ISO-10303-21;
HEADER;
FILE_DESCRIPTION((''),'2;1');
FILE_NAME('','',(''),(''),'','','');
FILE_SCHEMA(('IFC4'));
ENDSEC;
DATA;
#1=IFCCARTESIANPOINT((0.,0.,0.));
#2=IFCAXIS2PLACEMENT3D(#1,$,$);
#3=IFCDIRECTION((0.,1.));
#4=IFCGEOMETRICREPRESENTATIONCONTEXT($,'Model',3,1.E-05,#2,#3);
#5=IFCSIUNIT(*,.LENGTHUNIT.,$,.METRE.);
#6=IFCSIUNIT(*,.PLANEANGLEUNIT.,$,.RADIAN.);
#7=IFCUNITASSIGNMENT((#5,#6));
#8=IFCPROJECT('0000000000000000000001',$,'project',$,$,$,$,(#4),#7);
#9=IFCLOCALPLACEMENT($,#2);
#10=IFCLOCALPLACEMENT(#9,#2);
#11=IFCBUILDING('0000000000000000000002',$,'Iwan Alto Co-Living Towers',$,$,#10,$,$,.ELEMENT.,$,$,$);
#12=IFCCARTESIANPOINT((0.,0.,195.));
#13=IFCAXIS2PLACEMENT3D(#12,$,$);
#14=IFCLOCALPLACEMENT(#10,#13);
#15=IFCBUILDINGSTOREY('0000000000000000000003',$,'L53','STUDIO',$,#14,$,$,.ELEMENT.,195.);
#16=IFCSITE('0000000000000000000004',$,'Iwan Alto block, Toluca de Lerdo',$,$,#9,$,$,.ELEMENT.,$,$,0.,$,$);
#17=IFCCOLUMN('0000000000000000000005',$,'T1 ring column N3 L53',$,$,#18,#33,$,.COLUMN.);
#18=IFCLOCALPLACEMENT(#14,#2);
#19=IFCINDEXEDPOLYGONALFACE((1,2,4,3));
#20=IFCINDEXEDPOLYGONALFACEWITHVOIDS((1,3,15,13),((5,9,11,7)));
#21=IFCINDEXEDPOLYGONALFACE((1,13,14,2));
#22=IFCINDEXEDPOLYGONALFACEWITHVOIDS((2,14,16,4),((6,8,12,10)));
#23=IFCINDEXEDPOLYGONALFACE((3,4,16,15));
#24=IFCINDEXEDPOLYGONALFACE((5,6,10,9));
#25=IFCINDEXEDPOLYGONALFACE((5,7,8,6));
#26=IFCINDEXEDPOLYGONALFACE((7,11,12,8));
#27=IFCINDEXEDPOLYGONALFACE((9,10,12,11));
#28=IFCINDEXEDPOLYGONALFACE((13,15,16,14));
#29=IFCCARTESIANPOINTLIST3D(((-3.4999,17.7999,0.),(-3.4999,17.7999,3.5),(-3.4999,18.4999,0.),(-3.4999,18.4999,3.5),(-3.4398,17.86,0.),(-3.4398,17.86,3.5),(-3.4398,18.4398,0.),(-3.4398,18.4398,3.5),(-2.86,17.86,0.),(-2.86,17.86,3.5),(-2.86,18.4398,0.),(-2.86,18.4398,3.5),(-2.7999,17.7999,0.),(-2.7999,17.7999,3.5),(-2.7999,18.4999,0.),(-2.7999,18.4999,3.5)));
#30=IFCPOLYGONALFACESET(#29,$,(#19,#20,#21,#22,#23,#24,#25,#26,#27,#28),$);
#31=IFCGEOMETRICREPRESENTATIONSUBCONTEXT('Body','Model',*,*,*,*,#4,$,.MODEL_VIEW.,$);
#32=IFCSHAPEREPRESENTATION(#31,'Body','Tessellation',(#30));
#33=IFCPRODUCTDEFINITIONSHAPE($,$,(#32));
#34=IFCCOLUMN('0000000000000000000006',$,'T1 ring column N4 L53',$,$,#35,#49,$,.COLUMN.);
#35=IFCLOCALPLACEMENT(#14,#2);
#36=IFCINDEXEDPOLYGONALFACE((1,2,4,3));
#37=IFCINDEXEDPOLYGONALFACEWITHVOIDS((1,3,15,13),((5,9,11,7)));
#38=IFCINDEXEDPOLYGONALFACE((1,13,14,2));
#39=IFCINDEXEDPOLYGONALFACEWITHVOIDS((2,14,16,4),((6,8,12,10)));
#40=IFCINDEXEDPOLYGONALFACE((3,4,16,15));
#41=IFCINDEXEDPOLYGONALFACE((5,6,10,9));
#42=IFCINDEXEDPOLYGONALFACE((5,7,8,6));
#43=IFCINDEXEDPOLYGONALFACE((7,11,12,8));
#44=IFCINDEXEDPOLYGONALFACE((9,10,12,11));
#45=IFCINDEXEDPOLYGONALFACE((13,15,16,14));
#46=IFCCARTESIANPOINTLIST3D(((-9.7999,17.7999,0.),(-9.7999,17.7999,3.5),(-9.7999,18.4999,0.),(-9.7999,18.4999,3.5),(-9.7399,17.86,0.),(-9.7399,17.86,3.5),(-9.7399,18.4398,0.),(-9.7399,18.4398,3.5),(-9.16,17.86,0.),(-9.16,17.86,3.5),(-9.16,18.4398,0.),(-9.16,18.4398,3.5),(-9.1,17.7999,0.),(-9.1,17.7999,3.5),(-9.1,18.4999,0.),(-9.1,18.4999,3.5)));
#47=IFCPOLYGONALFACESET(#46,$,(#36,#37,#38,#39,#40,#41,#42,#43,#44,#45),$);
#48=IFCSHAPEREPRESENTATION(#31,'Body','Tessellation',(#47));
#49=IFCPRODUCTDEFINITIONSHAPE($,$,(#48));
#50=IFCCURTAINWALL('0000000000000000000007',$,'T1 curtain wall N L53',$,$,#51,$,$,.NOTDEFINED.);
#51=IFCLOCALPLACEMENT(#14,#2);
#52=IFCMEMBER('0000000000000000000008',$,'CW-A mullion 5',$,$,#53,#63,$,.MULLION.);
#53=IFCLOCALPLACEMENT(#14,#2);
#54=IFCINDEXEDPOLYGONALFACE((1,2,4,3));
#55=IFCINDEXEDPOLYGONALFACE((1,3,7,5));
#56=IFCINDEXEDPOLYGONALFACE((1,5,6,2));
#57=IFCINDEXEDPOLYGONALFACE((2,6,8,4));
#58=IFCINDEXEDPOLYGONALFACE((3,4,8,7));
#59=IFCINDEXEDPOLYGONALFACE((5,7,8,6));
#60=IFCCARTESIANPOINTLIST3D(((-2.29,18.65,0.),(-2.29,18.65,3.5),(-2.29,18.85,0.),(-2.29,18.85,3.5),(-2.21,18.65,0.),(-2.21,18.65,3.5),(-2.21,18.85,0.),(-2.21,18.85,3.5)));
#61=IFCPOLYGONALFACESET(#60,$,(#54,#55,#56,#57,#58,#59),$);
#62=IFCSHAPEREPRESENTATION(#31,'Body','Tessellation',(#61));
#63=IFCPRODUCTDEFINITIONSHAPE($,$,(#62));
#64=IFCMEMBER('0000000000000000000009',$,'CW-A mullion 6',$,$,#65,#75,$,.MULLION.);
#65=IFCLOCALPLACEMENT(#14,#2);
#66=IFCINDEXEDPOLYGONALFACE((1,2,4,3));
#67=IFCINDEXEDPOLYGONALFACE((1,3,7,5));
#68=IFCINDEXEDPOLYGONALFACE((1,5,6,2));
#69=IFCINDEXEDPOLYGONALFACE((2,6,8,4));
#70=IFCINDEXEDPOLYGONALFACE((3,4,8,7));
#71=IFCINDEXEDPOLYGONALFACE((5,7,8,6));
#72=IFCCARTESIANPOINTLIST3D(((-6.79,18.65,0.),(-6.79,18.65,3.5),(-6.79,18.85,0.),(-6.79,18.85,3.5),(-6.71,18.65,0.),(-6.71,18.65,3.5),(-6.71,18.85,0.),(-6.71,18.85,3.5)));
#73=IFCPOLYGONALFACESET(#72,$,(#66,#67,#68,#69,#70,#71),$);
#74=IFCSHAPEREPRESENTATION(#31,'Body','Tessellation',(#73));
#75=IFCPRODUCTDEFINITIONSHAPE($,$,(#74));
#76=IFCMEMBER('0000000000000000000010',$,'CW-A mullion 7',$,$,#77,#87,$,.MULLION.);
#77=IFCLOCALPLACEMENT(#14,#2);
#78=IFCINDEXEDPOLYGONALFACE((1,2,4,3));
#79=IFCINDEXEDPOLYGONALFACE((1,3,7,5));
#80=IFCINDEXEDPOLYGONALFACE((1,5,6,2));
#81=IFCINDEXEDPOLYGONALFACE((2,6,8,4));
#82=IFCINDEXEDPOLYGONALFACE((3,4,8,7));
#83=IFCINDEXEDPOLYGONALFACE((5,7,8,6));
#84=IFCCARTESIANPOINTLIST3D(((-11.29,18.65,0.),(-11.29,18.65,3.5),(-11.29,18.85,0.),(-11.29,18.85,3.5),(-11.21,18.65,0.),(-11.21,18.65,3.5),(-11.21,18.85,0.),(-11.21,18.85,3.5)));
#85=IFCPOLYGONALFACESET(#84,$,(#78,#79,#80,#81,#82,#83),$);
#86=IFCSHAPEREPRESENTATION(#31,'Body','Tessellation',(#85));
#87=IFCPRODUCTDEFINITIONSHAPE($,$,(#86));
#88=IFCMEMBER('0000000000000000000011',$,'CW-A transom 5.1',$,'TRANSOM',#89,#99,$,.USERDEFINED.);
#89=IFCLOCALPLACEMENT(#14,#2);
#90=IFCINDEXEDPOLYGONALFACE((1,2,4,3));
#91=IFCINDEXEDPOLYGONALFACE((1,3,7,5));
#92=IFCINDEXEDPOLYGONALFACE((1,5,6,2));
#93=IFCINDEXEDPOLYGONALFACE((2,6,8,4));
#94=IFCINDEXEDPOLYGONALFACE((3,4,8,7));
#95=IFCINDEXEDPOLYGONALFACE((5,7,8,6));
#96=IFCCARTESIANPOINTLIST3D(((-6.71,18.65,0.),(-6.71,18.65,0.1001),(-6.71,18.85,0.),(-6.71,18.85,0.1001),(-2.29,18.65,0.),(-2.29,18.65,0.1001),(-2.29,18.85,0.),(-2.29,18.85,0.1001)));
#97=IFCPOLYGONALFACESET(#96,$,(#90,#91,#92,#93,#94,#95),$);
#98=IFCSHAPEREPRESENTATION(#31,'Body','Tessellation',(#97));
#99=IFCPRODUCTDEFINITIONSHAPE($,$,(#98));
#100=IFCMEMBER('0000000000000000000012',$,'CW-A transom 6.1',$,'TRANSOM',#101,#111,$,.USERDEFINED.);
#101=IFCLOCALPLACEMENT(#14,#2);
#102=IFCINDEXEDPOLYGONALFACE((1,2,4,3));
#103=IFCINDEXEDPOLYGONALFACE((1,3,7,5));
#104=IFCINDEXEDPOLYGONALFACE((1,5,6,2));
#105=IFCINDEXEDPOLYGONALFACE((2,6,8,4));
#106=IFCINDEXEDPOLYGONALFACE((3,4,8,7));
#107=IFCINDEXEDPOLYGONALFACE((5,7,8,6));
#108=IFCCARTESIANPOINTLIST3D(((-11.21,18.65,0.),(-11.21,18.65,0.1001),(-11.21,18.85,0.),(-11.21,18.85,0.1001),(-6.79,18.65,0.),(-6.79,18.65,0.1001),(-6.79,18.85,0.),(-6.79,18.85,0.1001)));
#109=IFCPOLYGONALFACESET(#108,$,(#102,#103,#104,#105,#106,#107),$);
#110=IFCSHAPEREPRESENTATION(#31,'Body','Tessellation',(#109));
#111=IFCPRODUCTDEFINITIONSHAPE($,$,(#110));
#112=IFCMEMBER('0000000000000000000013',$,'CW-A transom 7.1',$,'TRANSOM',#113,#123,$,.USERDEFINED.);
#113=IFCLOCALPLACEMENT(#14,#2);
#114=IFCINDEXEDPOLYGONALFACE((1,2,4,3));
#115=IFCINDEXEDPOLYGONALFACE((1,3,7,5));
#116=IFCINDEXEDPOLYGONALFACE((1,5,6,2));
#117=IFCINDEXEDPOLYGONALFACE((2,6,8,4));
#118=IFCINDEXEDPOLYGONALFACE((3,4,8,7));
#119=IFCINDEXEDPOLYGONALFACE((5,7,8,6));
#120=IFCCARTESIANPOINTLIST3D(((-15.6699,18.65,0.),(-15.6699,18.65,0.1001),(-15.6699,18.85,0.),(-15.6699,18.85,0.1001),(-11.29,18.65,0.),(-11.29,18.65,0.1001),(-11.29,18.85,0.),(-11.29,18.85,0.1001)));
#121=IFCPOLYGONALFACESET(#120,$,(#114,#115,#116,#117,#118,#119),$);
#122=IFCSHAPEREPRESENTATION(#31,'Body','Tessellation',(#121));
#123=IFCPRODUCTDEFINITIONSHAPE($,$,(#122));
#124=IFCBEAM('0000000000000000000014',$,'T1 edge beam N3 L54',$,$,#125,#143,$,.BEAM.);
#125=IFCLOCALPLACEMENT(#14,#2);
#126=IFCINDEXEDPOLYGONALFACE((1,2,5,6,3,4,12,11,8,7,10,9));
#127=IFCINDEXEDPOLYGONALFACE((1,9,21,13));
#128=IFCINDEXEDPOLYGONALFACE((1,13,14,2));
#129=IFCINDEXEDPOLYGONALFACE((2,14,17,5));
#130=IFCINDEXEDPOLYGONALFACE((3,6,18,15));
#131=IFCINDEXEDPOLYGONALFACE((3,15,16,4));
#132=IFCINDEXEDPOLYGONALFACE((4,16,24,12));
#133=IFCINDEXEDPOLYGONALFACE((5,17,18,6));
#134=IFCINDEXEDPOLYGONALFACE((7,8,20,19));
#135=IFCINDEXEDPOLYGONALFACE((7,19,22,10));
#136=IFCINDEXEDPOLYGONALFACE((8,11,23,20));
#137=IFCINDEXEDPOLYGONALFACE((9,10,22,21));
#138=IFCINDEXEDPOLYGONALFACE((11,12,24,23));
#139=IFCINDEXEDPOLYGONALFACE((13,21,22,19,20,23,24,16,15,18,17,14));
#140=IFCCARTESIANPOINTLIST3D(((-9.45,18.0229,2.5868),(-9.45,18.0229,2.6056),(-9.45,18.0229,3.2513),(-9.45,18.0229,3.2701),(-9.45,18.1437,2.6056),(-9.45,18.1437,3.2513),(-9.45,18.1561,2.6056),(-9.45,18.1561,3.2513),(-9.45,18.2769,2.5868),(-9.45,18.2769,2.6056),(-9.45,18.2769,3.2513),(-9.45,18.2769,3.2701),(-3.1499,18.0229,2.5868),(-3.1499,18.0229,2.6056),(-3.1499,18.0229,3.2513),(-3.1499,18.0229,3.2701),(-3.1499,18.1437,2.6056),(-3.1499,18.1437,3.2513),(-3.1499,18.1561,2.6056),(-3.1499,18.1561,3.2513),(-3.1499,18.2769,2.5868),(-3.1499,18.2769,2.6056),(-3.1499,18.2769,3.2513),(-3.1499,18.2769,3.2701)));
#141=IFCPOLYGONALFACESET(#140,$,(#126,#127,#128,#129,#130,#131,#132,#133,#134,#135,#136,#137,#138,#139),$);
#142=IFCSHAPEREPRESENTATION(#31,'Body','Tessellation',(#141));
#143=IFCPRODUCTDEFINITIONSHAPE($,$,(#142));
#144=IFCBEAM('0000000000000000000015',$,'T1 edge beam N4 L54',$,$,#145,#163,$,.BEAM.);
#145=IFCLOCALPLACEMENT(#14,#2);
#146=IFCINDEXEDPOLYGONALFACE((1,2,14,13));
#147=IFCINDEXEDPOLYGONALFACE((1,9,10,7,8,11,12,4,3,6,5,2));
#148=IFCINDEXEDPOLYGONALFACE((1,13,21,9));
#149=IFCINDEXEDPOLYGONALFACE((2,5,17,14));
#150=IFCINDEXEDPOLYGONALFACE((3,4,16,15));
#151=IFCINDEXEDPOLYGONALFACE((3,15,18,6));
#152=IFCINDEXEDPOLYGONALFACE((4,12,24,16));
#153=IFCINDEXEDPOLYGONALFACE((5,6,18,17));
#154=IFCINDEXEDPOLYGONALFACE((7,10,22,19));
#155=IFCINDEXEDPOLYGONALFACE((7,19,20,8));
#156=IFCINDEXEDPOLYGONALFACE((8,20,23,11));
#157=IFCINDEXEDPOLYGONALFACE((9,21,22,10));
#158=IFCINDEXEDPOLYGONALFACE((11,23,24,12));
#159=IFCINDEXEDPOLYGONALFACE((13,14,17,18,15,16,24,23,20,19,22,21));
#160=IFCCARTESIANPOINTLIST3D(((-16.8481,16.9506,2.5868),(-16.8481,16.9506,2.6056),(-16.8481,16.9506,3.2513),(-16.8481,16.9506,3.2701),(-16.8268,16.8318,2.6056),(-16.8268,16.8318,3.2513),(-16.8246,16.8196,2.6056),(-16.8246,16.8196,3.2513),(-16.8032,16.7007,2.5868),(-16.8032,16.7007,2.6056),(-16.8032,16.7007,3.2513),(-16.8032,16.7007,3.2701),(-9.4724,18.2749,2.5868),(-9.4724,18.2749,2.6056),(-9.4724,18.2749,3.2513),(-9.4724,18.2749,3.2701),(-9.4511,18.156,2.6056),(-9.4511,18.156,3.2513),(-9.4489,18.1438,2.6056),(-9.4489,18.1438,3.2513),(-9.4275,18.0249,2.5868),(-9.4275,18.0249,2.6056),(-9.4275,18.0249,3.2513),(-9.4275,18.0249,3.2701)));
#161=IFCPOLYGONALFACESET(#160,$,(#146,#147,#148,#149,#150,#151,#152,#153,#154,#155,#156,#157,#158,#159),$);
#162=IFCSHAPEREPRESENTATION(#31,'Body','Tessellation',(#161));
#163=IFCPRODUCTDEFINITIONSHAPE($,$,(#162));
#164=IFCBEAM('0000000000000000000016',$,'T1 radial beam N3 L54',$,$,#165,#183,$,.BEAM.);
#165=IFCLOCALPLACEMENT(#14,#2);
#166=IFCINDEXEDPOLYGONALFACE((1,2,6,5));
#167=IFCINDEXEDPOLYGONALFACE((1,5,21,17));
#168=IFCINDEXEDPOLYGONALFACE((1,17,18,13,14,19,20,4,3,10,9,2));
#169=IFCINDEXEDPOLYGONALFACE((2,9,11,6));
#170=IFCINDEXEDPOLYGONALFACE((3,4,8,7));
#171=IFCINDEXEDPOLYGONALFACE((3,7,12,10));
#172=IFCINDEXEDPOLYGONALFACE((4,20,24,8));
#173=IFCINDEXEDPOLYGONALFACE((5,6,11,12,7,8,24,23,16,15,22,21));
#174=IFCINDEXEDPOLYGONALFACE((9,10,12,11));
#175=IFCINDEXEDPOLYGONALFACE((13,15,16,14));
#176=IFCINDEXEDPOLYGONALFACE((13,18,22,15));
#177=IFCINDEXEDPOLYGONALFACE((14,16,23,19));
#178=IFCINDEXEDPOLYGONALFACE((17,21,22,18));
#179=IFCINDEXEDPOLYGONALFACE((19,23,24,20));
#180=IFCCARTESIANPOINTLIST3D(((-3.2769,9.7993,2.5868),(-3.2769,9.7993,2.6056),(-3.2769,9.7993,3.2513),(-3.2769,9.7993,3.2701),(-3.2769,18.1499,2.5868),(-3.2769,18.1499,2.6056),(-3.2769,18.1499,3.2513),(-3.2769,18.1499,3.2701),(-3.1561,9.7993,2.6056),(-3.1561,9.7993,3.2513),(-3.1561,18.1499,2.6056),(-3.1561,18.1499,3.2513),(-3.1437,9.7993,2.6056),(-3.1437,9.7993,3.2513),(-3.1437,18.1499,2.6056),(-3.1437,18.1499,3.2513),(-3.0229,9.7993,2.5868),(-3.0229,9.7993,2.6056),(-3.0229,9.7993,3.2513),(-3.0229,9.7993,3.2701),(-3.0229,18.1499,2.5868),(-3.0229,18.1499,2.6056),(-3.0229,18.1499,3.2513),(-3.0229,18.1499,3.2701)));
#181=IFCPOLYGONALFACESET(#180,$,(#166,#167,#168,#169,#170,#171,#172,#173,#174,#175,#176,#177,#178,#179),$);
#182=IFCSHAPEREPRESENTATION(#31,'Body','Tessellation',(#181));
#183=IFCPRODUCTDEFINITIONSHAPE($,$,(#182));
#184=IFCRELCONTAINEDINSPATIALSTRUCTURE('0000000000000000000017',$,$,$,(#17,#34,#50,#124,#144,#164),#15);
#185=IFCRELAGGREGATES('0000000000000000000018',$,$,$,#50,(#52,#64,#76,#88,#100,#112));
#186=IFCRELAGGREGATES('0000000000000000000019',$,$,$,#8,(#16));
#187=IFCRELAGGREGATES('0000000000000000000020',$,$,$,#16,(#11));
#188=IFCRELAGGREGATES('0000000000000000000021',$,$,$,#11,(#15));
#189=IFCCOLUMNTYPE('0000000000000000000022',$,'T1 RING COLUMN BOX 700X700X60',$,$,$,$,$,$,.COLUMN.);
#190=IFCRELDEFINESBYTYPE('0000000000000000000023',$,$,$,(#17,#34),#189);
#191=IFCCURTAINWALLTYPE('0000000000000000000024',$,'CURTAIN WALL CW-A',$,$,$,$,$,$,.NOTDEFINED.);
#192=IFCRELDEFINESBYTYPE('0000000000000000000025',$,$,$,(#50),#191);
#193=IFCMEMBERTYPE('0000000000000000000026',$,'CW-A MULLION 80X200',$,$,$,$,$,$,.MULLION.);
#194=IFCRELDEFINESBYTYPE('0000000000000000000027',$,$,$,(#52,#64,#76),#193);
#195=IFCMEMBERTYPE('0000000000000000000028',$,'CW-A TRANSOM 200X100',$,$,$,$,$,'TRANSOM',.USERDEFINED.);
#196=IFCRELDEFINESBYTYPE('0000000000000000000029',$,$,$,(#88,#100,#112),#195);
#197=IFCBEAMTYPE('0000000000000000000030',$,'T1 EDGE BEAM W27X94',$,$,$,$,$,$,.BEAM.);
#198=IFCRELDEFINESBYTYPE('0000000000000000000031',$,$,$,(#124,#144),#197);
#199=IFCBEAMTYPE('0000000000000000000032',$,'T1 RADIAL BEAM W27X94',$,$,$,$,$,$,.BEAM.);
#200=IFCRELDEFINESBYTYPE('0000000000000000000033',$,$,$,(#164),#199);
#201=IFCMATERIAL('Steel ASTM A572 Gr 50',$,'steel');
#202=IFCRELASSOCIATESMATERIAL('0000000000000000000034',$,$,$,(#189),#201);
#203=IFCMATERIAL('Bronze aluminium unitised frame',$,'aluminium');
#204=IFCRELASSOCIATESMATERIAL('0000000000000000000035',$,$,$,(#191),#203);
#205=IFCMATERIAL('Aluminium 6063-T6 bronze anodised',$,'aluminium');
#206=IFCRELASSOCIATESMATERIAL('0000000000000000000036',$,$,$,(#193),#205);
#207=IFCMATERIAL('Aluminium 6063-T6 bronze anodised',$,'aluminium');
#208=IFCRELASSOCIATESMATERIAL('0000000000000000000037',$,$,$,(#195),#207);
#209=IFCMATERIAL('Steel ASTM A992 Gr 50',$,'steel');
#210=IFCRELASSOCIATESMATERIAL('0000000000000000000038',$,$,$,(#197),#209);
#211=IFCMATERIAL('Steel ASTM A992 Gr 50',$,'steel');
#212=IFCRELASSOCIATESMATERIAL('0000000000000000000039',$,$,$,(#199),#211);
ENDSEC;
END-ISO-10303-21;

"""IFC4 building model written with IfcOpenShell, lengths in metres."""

from ifc_helpers import new_model, si_unit, direction, frame, origin, origin_2d, place, context, subcontext, project, spatial, rectangle, hollow_rectangle, i_section, extrude, material, material_profile, profile_set, type_object, element, aggregate, save


model = new_model("IFC4")

# Units and contexts
model_context = context("Model", 3, precision=1e-05, world=origin(), true_north=direction((0.0, 1.0)))
body_context = subcontext(model_context, "Body", "Model", "MODEL_VIEW")
ifc_project = project(units=[si_unit("LENGTHUNIT", "METRE"), si_unit("PLANEANGLEUNIT", "RADIAN")], contexts=[model_context])

# Site, building, storey
site_placement = place(None, origin())
site = spatial("IfcSite", under=ifc_project, at=site_placement, Name="Iwan Alto block, Toluca de Lerdo", CompositionType="ELEMENT", RefElevation=0.0)
building_placement = place(site_placement, origin())
building = spatial("IfcBuilding", under=site, at=building_placement, Name="Iwan Alto Co-Living Towers", CompositionType="ELEMENT")
storey_placement = place(building_placement, frame((0.0, 0.0, 195.0)))
storey = spatial("IfcBuildingStorey", under=building, at=storey_placement, Name="L53", Description="STUDIO", CompositionType="ELEMENT", Elevation=195.0)

# Columns
ifc_material_1 = material(Name="Steel ASTM A572 Gr 50", Category="steel")
ifc_material_profile_1 = material_profile(ifc_material_1, hollow_rectangle(XDim=0.7, YDim=0.7, WallThickness=0.0601, at=origin_2d()), Name="BOX 700X700X60")
ifc_profile_set_1 = profile_set([ifc_material_profile_1], Name="Steel ASTM A572 Gr 50")
column_type = type_object("IfcColumnType", Name="T1 RING COLUMN BOX 700X700X60", PredefinedType="COLUMN", material=ifc_profile_set_1)
for number, where, z_axis, x_axis, name in (
    (1, (-3.1499, 18.1499, 0.0), (0.0, 0.0, 1.0), (1.0, 0.0, 0.0), "T1 ring column N3 L53"),
    (2, (-9.45, 18.1499, 0.0), (0.0, 0.0, 1.0), (1.0, 0.0, 0.0), "T1 ring column N4 L53"),
):
    element("IfcColumn", number, at=place(storey_placement, frame(where, z_axis=z_axis, x_axis=x_axis)), inside=storey, type_object=column_type, Name=name, PredefinedType="COLUMN", context=body_context, shape_type="SweptSolid", body=[
        extrude(hollow_rectangle(XDim=0.7, YDim=0.7, WallThickness=0.0601, at=origin_2d()), origin(), (0.0, 0.0, 1.0), 3.5),
    ])

# Curtain wall, members
ifc_material_2 = material(Name="Bronze aluminium unitised frame", Category="aluminium")
curtain_wall_type = type_object("IfcCurtainWallType", Name="CURTAIN WALL CW-A", PredefinedType="NOTDEFINED", material=ifc_material_2)
curtain_wall_placement = place(storey_placement, origin())
curtain_wall = element("IfcCurtainWall", 3, at=curtain_wall_placement, inside=storey, type_object=curtain_wall_type, Name="T1 curtain wall N L53", PredefinedType="NOTDEFINED")
ifc_material_3 = material(Name="Aluminium 6063-T6 bronze anodised", Category="aluminium")
ifc_material_profile_2 = material_profile(ifc_material_3, rectangle(XDim=0.2, YDim=0.0801, at=origin_2d()), Name="AL 80X200")
ifc_profile_set_2 = profile_set([ifc_material_profile_2], Name="Aluminium 6063-T6 bronze anodised")
member_type_1 = type_object("IfcMemberType", Name="CW-A MULLION 80X200", PredefinedType="MULLION", material=ifc_profile_set_2)
member_1_placement = place(storey_placement, frame((-2.25, 18.75, 0.0), z_axis=(0.0, 0.0, 1.0), x_axis=(0.0, -1.0, 0.0)))
member_1 = element("IfcMember", 4, at=member_1_placement, type_object=member_type_1, Name="CW-A mullion 5", PredefinedType="MULLION", context=body_context, shape_type="SweptSolid", body=[
    extrude(rectangle(XDim=0.2, YDim=0.0801, at=origin_2d()), origin(), (0.0, 0.0, 1.0), 3.5),
])
member_2_placement = place(storey_placement, frame((-6.75, 18.75, 0.0), z_axis=(0.0, 0.0, 1.0), x_axis=(0.0, -1.0, 0.0)))
member_2 = element("IfcMember", 5, at=member_2_placement, type_object=member_type_1, Name="CW-A mullion 6", PredefinedType="MULLION", context=body_context, shape_type="SweptSolid", body=[
    extrude(rectangle(XDim=0.2, YDim=0.0801, at=origin_2d()), origin(), (0.0, 0.0, 1.0), 3.5),
])
member_3_placement = place(storey_placement, frame((-11.25, 18.75, 0.0), z_axis=(0.0, 0.0, 1.0), x_axis=(0.0, -1.0, 0.0)))
member_3 = element("IfcMember", 6, at=member_3_placement, type_object=member_type_1, Name="CW-A mullion 7", PredefinedType="MULLION", context=body_context, shape_type="SweptSolid", body=[
    extrude(rectangle(XDim=0.2, YDim=0.0801, at=origin_2d()), origin(), (0.0, 0.0, 1.0), 3.5),
])
ifc_material_4 = material(Name="Aluminium 6063-T6 bronze anodised", Category="aluminium")
ifc_material_profile_3 = material_profile(ifc_material_4, rectangle(XDim=0.2, YDim=0.1001, at=origin_2d()), Name="AL 200X100")
ifc_profile_set_3 = profile_set([ifc_material_profile_3], Name="Aluminium 6063-T6 bronze anodised")
member_type_2 = type_object("IfcMemberType", Name="CW-A TRANSOM 200X100", ElementType="TRANSOM", PredefinedType="USERDEFINED", material=ifc_profile_set_3)
member_4_placement = place(storey_placement, frame((-2.29, 18.75, 0.05), z_axis=(-1.0, 0.0, 0.0), x_axis=(0.0, -1.0, 0.0)))
member_4 = element("IfcMember", 7, at=member_4_placement, type_object=member_type_2, Name="CW-A transom 5.1", ObjectType="TRANSOM", PredefinedType="USERDEFINED", context=body_context, shape_type="SweptSolid", body=[
    extrude(rectangle(XDim=0.2, YDim=0.1001, at=origin_2d()), origin(), (0.0, 0.0, 1.0), 4.4199),
])
member_5_placement = place(storey_placement, frame((-6.79, 18.75, 0.05), z_axis=(-1.0, 0.0, 0.0), x_axis=(0.0, -1.0, 0.0)))
member_5 = element("IfcMember", 8, at=member_5_placement, type_object=member_type_2, Name="CW-A transom 6.1", ObjectType="TRANSOM", PredefinedType="USERDEFINED", context=body_context, shape_type="SweptSolid", body=[
    extrude(rectangle(XDim=0.2, YDim=0.1001, at=origin_2d()), origin(), (0.0, 0.0, 1.0), 4.4199),
])
member_6_placement = place(storey_placement, frame((-11.29, 18.75, 0.05), z_axis=(-1.0, 0.0, 0.0), x_axis=(0.0, -1.0, 0.0)))
member_6 = element("IfcMember", 9, at=member_6_placement, type_object=member_type_2, Name="CW-A transom 7.1", ObjectType="TRANSOM", PredefinedType="USERDEFINED", context=body_context, shape_type="SweptSolid", body=[
    extrude(rectangle(XDim=0.2, YDim=0.1001, at=origin_2d()), origin(), (0.0, 0.0, 1.0), 4.3799),
])

# Beams
ifc_material_5 = material(Name="Steel ASTM A992 Gr 50", Category="steel")
ifc_material_profile_4 = material_profile(ifc_material_5, i_section(OverallWidth=0.2539, OverallDepth=0.6833, WebThickness=0.0125, FlangeThickness=0.0188, at=origin_2d()), Name="W27X94")
ifc_profile_set_4 = profile_set([ifc_material_profile_4], Name="Steel ASTM A992 Gr 50")
beam_type_1 = type_object("IfcBeamType", Name="T1 EDGE BEAM W27X94", PredefinedType="BEAM", material=ifc_profile_set_4)
beam_1_placement = place(storey_placement, frame((-3.1499, 18.1499, 2.9285), z_axis=(-1.0, 0.0, 0.0), x_axis=(0.0, -1.0, 0.0)))
element("IfcBeam", 10, at=beam_1_placement, inside=storey, type_object=beam_type_1, Name="T1 edge beam N3 L54", PredefinedType="BEAM", context=body_context, shape_type="SweptSolid", body=[
    extrude(i_section(OverallWidth=0.2539, OverallDepth=0.6833, WebThickness=0.0125, FlangeThickness=0.0188, at=origin_2d()), origin(), (0.0, 0.0, 1.0), 6.3),
])
beam_2_placement = place(storey_placement, frame((-9.45, 18.1499, 2.9285), z_axis=(-0.984263, -0.176712, 0.0), x_axis=(0.176712, -0.984263, 0.0)))
element("IfcBeam", 11, at=beam_2_placement, inside=storey, type_object=beam_type_1, Name="T1 edge beam N4 L54", PredefinedType="BEAM", context=body_context, shape_type="SweptSolid", body=[
    extrude(i_section(OverallWidth=0.2539, OverallDepth=0.6833, WebThickness=0.0125, FlangeThickness=0.0188, at=origin_2d()), origin(), (0.0, 0.0, 1.0), 7.4937),
])
ifc_material_6 = material(Name="Steel ASTM A992 Gr 50", Category="steel")
ifc_material_profile_5 = material_profile(ifc_material_6, i_section(OverallWidth=0.2539, OverallDepth=0.6833, WebThickness=0.0125, FlangeThickness=0.0188, at=origin_2d()), Name="W27X94")
ifc_profile_set_5 = profile_set([ifc_material_profile_5], Name="Steel ASTM A992 Gr 50")
beam_type_2 = type_object("IfcBeamType", Name="T1 RADIAL BEAM W27X94", PredefinedType="BEAM", material=ifc_profile_set_5)
for number, where, z_axis, x_axis, name in (
    (12, (-3.1499, 18.1499, 2.9285), (0.0, -1.0, 0.0), (1.0, 0.0, 0.0), "T1 radial beam N3 L54"),
):
    element("IfcBeam", number, at=place(storey_placement, frame(where, z_axis=z_axis, x_axis=x_axis)), inside=storey, type_object=beam_type_2, Name=name, PredefinedType="BEAM", context=body_context, shape_type="SweptSolid", body=[
        extrude(i_section(OverallWidth=0.2539, OverallDepth=0.6833, WebThickness=0.0125, FlangeThickness=0.0188, at=origin_2d()), origin(), (0.0, 0.0, 1.0), 8.3506),
    ])

aggregate(curtain_wall, [member_1, member_2, member_3, member_4, member_5, member_6])

save(model, "model.ifc")
